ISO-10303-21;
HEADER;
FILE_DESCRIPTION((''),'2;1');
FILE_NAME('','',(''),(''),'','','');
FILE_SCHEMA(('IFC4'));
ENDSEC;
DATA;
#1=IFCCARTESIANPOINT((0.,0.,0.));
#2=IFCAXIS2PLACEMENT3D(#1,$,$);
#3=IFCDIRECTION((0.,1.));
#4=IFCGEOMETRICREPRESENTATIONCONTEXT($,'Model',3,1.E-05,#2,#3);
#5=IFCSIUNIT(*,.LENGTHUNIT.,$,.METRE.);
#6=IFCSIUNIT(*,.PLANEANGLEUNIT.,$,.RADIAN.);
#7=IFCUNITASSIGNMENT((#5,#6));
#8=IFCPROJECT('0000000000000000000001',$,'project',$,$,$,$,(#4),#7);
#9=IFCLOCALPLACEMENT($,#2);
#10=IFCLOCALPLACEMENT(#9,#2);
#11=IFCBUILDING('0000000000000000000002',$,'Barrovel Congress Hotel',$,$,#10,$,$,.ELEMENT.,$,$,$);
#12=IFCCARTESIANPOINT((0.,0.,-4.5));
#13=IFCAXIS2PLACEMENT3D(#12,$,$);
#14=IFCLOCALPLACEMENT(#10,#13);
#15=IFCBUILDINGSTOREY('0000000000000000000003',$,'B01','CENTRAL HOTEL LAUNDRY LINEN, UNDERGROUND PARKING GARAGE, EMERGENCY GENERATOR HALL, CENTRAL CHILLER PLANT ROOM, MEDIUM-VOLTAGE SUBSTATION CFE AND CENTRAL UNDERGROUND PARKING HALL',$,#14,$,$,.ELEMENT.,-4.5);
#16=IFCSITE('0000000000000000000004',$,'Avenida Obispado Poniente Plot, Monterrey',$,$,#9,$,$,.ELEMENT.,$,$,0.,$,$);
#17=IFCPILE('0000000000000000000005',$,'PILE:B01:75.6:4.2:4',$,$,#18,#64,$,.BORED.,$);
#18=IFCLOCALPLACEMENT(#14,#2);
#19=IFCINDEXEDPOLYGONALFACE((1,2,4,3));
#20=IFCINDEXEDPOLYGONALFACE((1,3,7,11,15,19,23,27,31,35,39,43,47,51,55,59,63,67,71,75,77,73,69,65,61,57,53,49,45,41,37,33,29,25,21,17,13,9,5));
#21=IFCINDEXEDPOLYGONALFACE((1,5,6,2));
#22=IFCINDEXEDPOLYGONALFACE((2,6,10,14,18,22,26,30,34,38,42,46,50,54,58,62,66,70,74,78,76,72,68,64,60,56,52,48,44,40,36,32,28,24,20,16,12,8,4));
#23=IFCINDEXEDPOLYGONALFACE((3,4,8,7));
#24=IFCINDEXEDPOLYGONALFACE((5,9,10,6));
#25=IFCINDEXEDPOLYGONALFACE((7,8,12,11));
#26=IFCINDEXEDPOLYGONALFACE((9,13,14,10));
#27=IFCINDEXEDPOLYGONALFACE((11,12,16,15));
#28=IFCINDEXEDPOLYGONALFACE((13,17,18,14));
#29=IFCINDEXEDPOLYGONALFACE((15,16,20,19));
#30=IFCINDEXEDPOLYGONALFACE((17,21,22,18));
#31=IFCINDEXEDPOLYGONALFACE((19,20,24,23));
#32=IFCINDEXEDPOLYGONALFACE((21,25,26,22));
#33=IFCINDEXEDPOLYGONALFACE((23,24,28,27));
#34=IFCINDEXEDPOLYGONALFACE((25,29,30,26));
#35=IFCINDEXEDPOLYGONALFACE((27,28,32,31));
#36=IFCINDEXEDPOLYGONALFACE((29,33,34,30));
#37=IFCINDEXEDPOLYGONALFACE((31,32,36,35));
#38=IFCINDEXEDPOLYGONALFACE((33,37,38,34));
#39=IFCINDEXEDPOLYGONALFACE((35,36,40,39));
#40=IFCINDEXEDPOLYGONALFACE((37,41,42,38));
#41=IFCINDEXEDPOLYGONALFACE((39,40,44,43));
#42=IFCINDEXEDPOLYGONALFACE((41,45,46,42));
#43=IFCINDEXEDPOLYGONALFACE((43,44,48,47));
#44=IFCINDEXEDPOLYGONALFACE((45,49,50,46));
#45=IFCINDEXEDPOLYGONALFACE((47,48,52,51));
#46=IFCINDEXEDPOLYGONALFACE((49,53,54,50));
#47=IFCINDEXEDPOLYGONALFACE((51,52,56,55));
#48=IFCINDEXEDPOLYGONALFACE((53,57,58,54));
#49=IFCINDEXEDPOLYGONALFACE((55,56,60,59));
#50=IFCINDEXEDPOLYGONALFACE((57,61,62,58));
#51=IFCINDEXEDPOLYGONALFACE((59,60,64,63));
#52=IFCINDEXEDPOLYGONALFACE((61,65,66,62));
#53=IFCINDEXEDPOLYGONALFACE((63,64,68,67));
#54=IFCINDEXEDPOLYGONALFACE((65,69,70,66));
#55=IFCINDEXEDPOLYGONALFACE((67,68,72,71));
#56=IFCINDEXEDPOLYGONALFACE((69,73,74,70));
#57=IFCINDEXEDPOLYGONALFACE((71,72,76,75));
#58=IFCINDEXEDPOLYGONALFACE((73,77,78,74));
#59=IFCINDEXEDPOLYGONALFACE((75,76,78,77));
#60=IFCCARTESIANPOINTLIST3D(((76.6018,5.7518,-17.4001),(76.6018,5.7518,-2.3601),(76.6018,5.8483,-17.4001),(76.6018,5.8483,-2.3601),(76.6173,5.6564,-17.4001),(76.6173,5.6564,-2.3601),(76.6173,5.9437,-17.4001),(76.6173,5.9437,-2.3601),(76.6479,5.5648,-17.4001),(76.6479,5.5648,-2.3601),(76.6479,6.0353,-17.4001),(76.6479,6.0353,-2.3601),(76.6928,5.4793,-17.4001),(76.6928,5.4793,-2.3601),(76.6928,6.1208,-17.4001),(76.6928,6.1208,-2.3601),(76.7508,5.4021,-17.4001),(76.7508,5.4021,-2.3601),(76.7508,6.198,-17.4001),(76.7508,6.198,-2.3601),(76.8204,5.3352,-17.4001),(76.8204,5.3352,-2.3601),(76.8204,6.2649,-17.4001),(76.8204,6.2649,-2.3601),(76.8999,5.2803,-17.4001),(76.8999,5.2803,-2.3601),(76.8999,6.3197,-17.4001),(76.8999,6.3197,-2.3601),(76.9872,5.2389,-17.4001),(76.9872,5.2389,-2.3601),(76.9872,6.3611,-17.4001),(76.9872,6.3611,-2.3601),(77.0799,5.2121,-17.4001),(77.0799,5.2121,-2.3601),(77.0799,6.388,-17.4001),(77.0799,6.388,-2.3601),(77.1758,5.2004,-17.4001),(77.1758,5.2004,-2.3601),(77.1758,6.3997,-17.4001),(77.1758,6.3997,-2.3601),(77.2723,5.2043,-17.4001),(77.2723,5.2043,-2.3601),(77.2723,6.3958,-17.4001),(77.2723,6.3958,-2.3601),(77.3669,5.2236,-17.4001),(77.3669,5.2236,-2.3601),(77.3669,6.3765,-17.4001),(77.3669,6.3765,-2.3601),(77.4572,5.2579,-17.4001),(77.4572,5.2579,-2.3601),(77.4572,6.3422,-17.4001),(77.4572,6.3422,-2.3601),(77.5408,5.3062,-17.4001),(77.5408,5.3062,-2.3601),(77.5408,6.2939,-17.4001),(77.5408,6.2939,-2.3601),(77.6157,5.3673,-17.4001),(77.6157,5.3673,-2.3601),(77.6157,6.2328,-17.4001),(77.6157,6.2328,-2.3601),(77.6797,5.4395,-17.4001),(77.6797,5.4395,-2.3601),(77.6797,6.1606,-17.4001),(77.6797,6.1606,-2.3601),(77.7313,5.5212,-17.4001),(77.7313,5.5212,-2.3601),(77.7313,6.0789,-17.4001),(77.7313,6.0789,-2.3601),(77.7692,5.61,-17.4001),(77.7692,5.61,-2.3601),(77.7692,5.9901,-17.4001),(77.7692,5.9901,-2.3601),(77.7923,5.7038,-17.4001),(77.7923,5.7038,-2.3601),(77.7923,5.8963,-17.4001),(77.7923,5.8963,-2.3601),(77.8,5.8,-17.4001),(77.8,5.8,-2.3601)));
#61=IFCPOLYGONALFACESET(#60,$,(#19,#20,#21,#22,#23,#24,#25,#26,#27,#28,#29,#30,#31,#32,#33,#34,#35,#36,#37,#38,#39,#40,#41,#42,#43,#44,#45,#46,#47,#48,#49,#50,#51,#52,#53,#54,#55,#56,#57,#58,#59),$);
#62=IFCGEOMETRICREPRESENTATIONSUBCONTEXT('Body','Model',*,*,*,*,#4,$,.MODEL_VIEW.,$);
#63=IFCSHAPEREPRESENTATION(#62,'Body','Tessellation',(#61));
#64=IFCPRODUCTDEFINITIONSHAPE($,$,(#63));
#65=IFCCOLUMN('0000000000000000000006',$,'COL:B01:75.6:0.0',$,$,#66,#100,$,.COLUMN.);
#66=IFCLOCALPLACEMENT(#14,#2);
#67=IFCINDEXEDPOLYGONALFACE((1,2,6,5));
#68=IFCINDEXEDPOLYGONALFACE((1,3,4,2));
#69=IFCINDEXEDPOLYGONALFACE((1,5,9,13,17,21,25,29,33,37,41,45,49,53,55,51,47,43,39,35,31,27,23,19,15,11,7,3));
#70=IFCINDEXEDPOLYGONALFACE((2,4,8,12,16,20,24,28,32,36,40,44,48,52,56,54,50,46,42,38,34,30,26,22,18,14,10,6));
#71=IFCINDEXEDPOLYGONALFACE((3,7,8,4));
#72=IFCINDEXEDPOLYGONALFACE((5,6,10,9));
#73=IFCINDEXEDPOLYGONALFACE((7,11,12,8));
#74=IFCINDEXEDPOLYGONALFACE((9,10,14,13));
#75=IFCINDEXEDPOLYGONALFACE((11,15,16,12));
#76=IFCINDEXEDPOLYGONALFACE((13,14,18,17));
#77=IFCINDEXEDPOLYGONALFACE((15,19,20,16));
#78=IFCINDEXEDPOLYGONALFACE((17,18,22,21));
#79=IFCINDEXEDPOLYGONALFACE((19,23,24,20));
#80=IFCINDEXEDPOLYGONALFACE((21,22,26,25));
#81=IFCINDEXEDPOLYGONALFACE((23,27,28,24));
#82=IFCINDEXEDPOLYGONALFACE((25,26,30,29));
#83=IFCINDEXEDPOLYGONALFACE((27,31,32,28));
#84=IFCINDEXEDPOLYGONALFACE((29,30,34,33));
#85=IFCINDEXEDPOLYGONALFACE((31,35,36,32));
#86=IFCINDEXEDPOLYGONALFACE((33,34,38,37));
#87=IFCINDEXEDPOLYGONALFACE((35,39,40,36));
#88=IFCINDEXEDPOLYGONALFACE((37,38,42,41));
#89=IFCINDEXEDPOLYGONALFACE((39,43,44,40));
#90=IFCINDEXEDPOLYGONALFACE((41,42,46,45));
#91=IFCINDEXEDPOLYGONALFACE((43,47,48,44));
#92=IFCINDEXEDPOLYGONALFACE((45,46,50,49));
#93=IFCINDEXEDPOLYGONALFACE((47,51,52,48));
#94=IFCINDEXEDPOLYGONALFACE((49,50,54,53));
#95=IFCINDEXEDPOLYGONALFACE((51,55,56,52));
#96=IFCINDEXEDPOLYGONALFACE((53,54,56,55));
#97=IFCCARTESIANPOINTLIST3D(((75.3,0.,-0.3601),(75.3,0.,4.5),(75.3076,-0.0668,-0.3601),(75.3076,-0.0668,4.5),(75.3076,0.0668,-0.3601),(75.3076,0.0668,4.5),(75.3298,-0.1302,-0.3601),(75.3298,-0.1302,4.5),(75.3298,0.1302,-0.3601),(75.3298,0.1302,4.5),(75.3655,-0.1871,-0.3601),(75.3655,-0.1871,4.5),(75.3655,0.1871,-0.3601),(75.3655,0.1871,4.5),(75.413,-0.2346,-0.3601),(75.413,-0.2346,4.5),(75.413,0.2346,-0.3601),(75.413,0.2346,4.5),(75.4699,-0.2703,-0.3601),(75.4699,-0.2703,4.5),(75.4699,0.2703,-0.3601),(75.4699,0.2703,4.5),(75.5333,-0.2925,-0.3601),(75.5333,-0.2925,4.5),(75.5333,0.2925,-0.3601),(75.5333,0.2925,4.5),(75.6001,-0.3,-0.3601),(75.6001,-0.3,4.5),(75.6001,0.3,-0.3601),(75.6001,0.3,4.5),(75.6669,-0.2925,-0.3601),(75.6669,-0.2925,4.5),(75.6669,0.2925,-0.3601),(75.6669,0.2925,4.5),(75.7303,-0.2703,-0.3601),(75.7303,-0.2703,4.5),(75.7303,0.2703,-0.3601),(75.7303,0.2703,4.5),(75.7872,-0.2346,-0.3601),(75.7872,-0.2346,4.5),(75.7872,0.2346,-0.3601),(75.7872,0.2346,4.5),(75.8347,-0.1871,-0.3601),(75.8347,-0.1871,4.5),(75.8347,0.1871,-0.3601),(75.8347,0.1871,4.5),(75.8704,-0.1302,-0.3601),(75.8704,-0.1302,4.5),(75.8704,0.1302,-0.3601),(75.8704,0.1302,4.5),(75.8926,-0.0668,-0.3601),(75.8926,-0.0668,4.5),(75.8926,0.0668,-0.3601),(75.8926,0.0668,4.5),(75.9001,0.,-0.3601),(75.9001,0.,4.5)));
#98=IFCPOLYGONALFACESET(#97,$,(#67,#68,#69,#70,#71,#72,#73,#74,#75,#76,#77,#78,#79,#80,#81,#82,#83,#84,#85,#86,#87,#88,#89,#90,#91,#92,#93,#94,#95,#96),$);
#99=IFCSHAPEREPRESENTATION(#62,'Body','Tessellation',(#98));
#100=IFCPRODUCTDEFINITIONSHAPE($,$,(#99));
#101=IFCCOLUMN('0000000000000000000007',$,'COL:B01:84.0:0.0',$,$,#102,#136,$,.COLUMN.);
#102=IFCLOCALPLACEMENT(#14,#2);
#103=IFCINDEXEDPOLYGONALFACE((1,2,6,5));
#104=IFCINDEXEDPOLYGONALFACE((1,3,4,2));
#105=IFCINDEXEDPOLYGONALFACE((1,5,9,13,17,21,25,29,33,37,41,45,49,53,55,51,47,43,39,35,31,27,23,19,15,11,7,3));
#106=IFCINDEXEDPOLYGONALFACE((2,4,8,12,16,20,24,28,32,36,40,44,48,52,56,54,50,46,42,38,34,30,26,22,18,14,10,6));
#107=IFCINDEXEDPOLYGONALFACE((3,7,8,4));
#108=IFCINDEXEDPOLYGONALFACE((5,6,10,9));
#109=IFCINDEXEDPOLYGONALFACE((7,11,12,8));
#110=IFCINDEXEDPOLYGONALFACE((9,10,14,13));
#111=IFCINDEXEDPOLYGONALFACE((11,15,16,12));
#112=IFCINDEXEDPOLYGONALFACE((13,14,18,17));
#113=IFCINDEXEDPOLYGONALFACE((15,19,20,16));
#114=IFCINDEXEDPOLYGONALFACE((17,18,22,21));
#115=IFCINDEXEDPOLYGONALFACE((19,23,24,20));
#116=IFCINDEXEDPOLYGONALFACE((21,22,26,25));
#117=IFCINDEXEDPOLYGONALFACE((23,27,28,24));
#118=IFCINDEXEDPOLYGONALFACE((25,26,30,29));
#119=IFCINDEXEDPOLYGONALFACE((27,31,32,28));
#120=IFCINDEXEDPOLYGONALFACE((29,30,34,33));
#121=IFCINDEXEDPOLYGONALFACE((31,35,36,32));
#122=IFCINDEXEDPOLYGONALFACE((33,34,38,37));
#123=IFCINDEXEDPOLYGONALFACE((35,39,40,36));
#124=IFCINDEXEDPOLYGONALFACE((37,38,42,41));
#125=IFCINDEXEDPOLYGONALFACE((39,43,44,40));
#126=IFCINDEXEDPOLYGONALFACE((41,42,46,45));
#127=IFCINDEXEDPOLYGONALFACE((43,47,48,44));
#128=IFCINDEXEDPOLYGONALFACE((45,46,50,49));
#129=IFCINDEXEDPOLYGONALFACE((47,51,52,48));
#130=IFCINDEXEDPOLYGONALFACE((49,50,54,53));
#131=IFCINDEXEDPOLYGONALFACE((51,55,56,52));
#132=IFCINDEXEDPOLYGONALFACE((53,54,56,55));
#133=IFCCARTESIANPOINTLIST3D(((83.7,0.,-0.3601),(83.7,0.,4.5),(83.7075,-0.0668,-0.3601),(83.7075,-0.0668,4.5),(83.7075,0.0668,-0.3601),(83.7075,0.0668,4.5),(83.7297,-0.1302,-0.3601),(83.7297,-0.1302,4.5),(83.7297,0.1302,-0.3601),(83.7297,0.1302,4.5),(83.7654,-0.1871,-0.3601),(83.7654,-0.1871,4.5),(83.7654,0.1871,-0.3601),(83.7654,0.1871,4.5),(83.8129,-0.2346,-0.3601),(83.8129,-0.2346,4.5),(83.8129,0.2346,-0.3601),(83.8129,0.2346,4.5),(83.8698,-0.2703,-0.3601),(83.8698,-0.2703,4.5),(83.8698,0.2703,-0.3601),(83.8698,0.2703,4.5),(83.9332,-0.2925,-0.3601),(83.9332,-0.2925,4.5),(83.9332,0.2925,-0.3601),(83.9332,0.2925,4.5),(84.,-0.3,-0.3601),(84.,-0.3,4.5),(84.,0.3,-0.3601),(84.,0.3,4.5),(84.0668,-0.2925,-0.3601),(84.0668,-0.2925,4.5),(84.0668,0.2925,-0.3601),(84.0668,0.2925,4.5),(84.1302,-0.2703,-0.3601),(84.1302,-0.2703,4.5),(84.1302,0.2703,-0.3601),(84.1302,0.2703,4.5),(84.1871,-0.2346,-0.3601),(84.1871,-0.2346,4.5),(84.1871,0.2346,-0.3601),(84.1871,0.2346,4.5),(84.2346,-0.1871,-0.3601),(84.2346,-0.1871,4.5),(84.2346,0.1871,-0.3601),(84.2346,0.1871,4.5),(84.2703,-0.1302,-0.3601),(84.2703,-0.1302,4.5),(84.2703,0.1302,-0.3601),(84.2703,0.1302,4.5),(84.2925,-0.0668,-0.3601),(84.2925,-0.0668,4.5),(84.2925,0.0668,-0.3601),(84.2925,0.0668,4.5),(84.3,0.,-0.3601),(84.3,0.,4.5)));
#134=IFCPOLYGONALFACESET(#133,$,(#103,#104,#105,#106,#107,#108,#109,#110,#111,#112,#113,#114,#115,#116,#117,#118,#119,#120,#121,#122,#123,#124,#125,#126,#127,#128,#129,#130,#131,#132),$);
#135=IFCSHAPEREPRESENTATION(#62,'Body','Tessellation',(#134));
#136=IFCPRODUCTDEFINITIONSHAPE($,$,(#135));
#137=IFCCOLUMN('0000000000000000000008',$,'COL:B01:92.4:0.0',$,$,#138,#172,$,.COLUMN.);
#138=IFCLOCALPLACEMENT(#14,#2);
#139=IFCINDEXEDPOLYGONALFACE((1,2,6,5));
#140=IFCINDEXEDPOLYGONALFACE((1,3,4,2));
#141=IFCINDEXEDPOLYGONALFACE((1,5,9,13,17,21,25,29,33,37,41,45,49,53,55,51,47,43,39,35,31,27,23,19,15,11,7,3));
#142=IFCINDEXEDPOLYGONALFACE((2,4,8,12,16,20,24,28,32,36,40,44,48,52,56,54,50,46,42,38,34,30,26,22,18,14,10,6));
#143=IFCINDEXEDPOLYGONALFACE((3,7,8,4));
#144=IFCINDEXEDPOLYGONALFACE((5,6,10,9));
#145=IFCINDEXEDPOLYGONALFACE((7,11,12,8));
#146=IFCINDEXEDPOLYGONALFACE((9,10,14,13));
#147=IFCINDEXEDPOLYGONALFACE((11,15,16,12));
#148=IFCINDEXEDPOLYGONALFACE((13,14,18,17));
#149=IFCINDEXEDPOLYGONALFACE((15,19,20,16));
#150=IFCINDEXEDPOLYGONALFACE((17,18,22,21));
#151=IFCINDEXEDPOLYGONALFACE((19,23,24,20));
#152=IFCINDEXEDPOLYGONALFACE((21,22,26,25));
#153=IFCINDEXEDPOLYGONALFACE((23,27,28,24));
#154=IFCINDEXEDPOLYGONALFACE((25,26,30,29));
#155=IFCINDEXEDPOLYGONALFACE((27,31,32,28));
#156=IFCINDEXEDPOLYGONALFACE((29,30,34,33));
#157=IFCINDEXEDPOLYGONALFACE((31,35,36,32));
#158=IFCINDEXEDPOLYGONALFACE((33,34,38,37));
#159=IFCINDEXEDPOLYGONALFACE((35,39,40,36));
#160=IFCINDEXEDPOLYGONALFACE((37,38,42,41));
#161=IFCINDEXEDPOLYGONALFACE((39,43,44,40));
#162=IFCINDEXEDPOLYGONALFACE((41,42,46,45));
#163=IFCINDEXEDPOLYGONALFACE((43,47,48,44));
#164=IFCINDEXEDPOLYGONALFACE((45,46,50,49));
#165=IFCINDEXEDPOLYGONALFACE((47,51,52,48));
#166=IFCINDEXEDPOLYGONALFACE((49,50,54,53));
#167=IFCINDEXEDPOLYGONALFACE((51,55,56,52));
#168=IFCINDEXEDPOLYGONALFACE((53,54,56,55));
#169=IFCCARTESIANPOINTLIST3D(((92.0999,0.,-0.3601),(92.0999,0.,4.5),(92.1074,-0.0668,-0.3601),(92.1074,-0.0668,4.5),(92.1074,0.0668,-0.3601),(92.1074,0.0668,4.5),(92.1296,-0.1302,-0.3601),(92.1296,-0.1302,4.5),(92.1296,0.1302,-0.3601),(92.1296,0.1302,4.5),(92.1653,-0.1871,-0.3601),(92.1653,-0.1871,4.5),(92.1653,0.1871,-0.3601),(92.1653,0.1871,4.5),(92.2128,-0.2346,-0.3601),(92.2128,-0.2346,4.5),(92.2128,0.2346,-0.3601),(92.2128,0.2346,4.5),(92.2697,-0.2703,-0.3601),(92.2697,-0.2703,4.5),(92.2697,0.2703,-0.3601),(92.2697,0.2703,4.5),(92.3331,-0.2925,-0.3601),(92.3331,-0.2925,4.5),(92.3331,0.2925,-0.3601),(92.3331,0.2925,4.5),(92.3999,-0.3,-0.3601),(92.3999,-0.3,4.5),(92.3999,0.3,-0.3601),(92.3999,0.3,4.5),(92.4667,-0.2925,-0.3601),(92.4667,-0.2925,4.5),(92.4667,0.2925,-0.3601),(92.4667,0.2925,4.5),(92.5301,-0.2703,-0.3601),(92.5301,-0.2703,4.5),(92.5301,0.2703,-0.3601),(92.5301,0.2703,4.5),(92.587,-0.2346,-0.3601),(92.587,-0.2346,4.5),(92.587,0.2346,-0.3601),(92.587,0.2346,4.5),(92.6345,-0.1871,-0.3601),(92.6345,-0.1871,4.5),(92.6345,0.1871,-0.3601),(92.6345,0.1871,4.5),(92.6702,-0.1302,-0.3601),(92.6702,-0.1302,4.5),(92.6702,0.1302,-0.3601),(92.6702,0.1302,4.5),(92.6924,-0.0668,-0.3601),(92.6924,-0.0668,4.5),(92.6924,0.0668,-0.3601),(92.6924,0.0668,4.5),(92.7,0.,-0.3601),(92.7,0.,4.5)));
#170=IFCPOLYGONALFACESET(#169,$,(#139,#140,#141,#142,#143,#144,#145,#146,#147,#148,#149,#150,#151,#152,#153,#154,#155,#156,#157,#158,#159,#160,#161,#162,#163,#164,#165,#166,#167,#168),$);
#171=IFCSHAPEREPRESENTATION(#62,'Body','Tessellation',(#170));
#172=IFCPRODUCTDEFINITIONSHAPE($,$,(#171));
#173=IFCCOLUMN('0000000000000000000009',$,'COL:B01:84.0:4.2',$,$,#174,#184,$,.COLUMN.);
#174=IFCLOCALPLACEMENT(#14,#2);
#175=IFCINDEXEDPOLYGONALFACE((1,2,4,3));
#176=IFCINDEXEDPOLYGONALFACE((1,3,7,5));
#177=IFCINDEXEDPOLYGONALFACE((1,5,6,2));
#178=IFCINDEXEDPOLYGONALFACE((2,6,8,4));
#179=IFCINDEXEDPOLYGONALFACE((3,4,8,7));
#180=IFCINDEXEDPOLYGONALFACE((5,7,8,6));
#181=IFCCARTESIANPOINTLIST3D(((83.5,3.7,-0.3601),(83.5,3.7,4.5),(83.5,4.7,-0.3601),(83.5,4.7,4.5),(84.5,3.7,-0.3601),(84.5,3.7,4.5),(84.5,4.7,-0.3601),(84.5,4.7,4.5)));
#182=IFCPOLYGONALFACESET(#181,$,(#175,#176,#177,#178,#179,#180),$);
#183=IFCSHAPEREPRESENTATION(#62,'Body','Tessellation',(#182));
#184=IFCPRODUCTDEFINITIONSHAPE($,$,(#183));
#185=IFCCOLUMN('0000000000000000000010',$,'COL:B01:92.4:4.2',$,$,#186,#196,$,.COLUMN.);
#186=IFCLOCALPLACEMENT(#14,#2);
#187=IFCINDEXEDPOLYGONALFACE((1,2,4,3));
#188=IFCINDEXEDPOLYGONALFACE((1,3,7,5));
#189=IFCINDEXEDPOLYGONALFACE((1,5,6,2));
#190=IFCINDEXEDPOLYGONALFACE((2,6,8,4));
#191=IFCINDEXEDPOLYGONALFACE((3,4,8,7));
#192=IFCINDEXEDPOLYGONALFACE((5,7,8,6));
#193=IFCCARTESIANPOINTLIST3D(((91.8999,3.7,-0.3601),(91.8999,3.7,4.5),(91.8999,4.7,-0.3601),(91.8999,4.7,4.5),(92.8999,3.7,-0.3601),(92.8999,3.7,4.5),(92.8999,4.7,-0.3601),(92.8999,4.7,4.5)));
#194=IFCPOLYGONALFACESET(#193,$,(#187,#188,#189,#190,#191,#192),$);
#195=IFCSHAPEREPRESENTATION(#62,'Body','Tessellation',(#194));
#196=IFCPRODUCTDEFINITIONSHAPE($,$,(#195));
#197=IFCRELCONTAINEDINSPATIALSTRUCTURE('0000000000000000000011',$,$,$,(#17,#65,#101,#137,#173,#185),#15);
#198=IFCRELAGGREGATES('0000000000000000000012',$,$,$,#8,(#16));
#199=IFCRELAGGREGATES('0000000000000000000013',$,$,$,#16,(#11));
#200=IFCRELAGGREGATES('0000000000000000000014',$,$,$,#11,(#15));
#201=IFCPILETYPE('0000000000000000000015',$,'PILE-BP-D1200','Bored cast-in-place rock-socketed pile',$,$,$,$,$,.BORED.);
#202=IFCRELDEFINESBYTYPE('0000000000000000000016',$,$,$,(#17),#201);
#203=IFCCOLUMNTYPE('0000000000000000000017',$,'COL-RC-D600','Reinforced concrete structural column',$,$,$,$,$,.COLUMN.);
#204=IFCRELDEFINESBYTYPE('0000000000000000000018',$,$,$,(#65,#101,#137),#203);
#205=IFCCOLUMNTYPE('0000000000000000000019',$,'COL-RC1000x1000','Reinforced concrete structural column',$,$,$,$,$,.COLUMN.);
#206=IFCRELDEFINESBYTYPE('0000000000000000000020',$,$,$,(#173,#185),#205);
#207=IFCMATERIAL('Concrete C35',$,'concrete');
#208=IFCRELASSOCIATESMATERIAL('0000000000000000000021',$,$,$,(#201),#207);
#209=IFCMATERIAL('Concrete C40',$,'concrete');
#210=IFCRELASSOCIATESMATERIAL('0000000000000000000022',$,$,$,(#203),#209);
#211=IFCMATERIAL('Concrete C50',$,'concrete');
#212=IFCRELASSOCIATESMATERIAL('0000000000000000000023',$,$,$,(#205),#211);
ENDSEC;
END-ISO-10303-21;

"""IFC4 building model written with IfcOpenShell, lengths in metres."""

from ifc_helpers import new_model, si_unit, direction, frame, origin, origin_2d, place, context, subcontext, project, spatial, rectangle, circle, extrude, material, material_profile, profile_set, type_object, element, save


model = new_model("IFC4")

# Units and contexts
model_context = context("Model", 3, precision=1e-05, world=origin(), true_north=direction((0.0, 1.0)))
body_context = subcontext(model_context, "Body", "Model", "MODEL_VIEW")
ifc_project = project(units=[si_unit("LENGTHUNIT", "METRE"), si_unit("PLANEANGLEUNIT", "RADIAN")], contexts=[model_context])

# Site, building, storey
site_placement = place(None, origin())
site = spatial("IfcSite", under=ifc_project, at=site_placement, Name="Avenida Obispado Poniente Plot, Monterrey", CompositionType="ELEMENT", RefElevation=0.0)
building_placement = place(site_placement, origin())
building = spatial("IfcBuilding", under=site, at=building_placement, Name="Barrovel Congress Hotel", CompositionType="ELEMENT")
storey_placement = place(building_placement, frame((0.0, 0.0, -4.5)))
storey = spatial("IfcBuildingStorey", under=building, at=storey_placement, Name="B01", Description="CENTRAL HOTEL LAUNDRY LINEN, UNDERGROUND PARKING GARAGE, EMERGENCY GENERATOR HALL, CENTRAL CHILLER PLANT ROOM, MEDIUM-VOLTAGE SUBSTATION CFE AND CENTRAL UNDERGROUND PARKING HALL", CompositionType="ELEMENT", Elevation=-4.5)

# Shared definitions
ifc_material_1 = material(Name="Concrete C40", Category="concrete")

# Pile
ifc_material_2 = material(Name="Concrete C35", Category="concrete")
ifc_material_profile_1 = material_profile(ifc_material_2, circle(Radius=0.6001, at=origin_2d()), Name="BP-D1200")
ifc_profile_set_1 = profile_set([ifc_material_profile_1], Name="Concrete C35")
pile_type_1 = type_object("IfcPileType", Name="PILE-BP-D1200", Description="Bored cast-in-place rock-socketed pile", PredefinedType="BORED", material=ifc_profile_set_1)
for number, where, z_axis, x_axis, name in (
    (1, (77.2, 5.8, -2.3601), (0.0, 0.0, -1.0), (1.0, 0.0, 0.0), "PILE:B01:75.6:4.2:4"),
):
    element("IfcPile", number, at=place(storey_placement, frame(where, z_axis=z_axis, x_axis=x_axis)), inside=storey, type_object=pile_type_1, Name=name, PredefinedType="BORED", context=body_context, shape_type="SweptSolid", body=[
        extrude(circle(Radius=0.6001, at=origin_2d()), origin(), (0.0, 0.0, 1.0), 15.04),
    ])

# Columns
ifc_material_profile_2 = material_profile(ifc_material_1, circle(Radius=0.3, at=origin_2d()), Name="RC-D600")
ifc_profile_set_2 = profile_set([ifc_material_profile_2], Name="Concrete C40")
column_type_1 = type_object("IfcColumnType", Name="COL-RC-D600", Description="Reinforced concrete structural column", PredefinedType="COLUMN", material=ifc_profile_set_2)
for number, where, z_axis, x_axis, name in (
    (2, (75.6001, 0.0, -0.3601), (0.0, 0.0, 1.0), (1.0, 0.0, 0.0), "COL:B01:75.6:0.0"),
    (3, (84.0, 0.0, -0.3601), (0.0, 0.0, 1.0), (1.0, 0.0, 0.0), "COL:B01:84.0:0.0"),
    (4, (92.3999, 0.0, -0.3601), (0.0, 0.0, 1.0), (1.0, 0.0, 0.0), "COL:B01:92.4:0.0"),
):
    element("IfcColumn", number, at=place(storey_placement, frame(where, z_axis=z_axis, x_axis=x_axis)), inside=storey, type_object=column_type_1, Name=name, PredefinedType="COLUMN", context=body_context, shape_type="SweptSolid", body=[
        extrude(circle(Radius=0.3, at=origin_2d()), origin(), (0.0, 0.0, 1.0), 4.8601),
    ])
ifc_material_3 = material(Name="Concrete C50", Category="concrete")
ifc_material_profile_3 = material_profile(ifc_material_3, rectangle(XDim=1.0, YDim=1.0, at=origin_2d()), Name="RC1000x1000")
ifc_profile_set_3 = profile_set([ifc_material_profile_3], Name="Concrete C50")
column_type_2 = type_object("IfcColumnType", Name="COL-RC1000x1000", Description="Reinforced concrete structural column", PredefinedType="COLUMN", material=ifc_profile_set_3)
for number, where, z_axis, x_axis, name in (
    (5, (84.0, 4.2, -0.3601), (0.0, 0.0, 1.0), (1.0, 0.0, 0.0), "COL:B01:84.0:4.2"),
    (6, (92.3999, 4.2, -0.3601), (0.0, 0.0, 1.0), (1.0, 0.0, 0.0), "COL:B01:92.4:4.2"),
):
    element("IfcColumn", number, at=place(storey_placement, frame(where, z_axis=z_axis, x_axis=x_axis)), inside=storey, type_object=column_type_2, Name=name, PredefinedType="COLUMN", context=body_context, shape_type="SweptSolid", body=[
        extrude(rectangle(XDim=1.0, YDim=1.0, at=origin_2d()), origin(), (0.0, 0.0, 1.0), 4.8601),
    ])

save(model, "model.ifc")
